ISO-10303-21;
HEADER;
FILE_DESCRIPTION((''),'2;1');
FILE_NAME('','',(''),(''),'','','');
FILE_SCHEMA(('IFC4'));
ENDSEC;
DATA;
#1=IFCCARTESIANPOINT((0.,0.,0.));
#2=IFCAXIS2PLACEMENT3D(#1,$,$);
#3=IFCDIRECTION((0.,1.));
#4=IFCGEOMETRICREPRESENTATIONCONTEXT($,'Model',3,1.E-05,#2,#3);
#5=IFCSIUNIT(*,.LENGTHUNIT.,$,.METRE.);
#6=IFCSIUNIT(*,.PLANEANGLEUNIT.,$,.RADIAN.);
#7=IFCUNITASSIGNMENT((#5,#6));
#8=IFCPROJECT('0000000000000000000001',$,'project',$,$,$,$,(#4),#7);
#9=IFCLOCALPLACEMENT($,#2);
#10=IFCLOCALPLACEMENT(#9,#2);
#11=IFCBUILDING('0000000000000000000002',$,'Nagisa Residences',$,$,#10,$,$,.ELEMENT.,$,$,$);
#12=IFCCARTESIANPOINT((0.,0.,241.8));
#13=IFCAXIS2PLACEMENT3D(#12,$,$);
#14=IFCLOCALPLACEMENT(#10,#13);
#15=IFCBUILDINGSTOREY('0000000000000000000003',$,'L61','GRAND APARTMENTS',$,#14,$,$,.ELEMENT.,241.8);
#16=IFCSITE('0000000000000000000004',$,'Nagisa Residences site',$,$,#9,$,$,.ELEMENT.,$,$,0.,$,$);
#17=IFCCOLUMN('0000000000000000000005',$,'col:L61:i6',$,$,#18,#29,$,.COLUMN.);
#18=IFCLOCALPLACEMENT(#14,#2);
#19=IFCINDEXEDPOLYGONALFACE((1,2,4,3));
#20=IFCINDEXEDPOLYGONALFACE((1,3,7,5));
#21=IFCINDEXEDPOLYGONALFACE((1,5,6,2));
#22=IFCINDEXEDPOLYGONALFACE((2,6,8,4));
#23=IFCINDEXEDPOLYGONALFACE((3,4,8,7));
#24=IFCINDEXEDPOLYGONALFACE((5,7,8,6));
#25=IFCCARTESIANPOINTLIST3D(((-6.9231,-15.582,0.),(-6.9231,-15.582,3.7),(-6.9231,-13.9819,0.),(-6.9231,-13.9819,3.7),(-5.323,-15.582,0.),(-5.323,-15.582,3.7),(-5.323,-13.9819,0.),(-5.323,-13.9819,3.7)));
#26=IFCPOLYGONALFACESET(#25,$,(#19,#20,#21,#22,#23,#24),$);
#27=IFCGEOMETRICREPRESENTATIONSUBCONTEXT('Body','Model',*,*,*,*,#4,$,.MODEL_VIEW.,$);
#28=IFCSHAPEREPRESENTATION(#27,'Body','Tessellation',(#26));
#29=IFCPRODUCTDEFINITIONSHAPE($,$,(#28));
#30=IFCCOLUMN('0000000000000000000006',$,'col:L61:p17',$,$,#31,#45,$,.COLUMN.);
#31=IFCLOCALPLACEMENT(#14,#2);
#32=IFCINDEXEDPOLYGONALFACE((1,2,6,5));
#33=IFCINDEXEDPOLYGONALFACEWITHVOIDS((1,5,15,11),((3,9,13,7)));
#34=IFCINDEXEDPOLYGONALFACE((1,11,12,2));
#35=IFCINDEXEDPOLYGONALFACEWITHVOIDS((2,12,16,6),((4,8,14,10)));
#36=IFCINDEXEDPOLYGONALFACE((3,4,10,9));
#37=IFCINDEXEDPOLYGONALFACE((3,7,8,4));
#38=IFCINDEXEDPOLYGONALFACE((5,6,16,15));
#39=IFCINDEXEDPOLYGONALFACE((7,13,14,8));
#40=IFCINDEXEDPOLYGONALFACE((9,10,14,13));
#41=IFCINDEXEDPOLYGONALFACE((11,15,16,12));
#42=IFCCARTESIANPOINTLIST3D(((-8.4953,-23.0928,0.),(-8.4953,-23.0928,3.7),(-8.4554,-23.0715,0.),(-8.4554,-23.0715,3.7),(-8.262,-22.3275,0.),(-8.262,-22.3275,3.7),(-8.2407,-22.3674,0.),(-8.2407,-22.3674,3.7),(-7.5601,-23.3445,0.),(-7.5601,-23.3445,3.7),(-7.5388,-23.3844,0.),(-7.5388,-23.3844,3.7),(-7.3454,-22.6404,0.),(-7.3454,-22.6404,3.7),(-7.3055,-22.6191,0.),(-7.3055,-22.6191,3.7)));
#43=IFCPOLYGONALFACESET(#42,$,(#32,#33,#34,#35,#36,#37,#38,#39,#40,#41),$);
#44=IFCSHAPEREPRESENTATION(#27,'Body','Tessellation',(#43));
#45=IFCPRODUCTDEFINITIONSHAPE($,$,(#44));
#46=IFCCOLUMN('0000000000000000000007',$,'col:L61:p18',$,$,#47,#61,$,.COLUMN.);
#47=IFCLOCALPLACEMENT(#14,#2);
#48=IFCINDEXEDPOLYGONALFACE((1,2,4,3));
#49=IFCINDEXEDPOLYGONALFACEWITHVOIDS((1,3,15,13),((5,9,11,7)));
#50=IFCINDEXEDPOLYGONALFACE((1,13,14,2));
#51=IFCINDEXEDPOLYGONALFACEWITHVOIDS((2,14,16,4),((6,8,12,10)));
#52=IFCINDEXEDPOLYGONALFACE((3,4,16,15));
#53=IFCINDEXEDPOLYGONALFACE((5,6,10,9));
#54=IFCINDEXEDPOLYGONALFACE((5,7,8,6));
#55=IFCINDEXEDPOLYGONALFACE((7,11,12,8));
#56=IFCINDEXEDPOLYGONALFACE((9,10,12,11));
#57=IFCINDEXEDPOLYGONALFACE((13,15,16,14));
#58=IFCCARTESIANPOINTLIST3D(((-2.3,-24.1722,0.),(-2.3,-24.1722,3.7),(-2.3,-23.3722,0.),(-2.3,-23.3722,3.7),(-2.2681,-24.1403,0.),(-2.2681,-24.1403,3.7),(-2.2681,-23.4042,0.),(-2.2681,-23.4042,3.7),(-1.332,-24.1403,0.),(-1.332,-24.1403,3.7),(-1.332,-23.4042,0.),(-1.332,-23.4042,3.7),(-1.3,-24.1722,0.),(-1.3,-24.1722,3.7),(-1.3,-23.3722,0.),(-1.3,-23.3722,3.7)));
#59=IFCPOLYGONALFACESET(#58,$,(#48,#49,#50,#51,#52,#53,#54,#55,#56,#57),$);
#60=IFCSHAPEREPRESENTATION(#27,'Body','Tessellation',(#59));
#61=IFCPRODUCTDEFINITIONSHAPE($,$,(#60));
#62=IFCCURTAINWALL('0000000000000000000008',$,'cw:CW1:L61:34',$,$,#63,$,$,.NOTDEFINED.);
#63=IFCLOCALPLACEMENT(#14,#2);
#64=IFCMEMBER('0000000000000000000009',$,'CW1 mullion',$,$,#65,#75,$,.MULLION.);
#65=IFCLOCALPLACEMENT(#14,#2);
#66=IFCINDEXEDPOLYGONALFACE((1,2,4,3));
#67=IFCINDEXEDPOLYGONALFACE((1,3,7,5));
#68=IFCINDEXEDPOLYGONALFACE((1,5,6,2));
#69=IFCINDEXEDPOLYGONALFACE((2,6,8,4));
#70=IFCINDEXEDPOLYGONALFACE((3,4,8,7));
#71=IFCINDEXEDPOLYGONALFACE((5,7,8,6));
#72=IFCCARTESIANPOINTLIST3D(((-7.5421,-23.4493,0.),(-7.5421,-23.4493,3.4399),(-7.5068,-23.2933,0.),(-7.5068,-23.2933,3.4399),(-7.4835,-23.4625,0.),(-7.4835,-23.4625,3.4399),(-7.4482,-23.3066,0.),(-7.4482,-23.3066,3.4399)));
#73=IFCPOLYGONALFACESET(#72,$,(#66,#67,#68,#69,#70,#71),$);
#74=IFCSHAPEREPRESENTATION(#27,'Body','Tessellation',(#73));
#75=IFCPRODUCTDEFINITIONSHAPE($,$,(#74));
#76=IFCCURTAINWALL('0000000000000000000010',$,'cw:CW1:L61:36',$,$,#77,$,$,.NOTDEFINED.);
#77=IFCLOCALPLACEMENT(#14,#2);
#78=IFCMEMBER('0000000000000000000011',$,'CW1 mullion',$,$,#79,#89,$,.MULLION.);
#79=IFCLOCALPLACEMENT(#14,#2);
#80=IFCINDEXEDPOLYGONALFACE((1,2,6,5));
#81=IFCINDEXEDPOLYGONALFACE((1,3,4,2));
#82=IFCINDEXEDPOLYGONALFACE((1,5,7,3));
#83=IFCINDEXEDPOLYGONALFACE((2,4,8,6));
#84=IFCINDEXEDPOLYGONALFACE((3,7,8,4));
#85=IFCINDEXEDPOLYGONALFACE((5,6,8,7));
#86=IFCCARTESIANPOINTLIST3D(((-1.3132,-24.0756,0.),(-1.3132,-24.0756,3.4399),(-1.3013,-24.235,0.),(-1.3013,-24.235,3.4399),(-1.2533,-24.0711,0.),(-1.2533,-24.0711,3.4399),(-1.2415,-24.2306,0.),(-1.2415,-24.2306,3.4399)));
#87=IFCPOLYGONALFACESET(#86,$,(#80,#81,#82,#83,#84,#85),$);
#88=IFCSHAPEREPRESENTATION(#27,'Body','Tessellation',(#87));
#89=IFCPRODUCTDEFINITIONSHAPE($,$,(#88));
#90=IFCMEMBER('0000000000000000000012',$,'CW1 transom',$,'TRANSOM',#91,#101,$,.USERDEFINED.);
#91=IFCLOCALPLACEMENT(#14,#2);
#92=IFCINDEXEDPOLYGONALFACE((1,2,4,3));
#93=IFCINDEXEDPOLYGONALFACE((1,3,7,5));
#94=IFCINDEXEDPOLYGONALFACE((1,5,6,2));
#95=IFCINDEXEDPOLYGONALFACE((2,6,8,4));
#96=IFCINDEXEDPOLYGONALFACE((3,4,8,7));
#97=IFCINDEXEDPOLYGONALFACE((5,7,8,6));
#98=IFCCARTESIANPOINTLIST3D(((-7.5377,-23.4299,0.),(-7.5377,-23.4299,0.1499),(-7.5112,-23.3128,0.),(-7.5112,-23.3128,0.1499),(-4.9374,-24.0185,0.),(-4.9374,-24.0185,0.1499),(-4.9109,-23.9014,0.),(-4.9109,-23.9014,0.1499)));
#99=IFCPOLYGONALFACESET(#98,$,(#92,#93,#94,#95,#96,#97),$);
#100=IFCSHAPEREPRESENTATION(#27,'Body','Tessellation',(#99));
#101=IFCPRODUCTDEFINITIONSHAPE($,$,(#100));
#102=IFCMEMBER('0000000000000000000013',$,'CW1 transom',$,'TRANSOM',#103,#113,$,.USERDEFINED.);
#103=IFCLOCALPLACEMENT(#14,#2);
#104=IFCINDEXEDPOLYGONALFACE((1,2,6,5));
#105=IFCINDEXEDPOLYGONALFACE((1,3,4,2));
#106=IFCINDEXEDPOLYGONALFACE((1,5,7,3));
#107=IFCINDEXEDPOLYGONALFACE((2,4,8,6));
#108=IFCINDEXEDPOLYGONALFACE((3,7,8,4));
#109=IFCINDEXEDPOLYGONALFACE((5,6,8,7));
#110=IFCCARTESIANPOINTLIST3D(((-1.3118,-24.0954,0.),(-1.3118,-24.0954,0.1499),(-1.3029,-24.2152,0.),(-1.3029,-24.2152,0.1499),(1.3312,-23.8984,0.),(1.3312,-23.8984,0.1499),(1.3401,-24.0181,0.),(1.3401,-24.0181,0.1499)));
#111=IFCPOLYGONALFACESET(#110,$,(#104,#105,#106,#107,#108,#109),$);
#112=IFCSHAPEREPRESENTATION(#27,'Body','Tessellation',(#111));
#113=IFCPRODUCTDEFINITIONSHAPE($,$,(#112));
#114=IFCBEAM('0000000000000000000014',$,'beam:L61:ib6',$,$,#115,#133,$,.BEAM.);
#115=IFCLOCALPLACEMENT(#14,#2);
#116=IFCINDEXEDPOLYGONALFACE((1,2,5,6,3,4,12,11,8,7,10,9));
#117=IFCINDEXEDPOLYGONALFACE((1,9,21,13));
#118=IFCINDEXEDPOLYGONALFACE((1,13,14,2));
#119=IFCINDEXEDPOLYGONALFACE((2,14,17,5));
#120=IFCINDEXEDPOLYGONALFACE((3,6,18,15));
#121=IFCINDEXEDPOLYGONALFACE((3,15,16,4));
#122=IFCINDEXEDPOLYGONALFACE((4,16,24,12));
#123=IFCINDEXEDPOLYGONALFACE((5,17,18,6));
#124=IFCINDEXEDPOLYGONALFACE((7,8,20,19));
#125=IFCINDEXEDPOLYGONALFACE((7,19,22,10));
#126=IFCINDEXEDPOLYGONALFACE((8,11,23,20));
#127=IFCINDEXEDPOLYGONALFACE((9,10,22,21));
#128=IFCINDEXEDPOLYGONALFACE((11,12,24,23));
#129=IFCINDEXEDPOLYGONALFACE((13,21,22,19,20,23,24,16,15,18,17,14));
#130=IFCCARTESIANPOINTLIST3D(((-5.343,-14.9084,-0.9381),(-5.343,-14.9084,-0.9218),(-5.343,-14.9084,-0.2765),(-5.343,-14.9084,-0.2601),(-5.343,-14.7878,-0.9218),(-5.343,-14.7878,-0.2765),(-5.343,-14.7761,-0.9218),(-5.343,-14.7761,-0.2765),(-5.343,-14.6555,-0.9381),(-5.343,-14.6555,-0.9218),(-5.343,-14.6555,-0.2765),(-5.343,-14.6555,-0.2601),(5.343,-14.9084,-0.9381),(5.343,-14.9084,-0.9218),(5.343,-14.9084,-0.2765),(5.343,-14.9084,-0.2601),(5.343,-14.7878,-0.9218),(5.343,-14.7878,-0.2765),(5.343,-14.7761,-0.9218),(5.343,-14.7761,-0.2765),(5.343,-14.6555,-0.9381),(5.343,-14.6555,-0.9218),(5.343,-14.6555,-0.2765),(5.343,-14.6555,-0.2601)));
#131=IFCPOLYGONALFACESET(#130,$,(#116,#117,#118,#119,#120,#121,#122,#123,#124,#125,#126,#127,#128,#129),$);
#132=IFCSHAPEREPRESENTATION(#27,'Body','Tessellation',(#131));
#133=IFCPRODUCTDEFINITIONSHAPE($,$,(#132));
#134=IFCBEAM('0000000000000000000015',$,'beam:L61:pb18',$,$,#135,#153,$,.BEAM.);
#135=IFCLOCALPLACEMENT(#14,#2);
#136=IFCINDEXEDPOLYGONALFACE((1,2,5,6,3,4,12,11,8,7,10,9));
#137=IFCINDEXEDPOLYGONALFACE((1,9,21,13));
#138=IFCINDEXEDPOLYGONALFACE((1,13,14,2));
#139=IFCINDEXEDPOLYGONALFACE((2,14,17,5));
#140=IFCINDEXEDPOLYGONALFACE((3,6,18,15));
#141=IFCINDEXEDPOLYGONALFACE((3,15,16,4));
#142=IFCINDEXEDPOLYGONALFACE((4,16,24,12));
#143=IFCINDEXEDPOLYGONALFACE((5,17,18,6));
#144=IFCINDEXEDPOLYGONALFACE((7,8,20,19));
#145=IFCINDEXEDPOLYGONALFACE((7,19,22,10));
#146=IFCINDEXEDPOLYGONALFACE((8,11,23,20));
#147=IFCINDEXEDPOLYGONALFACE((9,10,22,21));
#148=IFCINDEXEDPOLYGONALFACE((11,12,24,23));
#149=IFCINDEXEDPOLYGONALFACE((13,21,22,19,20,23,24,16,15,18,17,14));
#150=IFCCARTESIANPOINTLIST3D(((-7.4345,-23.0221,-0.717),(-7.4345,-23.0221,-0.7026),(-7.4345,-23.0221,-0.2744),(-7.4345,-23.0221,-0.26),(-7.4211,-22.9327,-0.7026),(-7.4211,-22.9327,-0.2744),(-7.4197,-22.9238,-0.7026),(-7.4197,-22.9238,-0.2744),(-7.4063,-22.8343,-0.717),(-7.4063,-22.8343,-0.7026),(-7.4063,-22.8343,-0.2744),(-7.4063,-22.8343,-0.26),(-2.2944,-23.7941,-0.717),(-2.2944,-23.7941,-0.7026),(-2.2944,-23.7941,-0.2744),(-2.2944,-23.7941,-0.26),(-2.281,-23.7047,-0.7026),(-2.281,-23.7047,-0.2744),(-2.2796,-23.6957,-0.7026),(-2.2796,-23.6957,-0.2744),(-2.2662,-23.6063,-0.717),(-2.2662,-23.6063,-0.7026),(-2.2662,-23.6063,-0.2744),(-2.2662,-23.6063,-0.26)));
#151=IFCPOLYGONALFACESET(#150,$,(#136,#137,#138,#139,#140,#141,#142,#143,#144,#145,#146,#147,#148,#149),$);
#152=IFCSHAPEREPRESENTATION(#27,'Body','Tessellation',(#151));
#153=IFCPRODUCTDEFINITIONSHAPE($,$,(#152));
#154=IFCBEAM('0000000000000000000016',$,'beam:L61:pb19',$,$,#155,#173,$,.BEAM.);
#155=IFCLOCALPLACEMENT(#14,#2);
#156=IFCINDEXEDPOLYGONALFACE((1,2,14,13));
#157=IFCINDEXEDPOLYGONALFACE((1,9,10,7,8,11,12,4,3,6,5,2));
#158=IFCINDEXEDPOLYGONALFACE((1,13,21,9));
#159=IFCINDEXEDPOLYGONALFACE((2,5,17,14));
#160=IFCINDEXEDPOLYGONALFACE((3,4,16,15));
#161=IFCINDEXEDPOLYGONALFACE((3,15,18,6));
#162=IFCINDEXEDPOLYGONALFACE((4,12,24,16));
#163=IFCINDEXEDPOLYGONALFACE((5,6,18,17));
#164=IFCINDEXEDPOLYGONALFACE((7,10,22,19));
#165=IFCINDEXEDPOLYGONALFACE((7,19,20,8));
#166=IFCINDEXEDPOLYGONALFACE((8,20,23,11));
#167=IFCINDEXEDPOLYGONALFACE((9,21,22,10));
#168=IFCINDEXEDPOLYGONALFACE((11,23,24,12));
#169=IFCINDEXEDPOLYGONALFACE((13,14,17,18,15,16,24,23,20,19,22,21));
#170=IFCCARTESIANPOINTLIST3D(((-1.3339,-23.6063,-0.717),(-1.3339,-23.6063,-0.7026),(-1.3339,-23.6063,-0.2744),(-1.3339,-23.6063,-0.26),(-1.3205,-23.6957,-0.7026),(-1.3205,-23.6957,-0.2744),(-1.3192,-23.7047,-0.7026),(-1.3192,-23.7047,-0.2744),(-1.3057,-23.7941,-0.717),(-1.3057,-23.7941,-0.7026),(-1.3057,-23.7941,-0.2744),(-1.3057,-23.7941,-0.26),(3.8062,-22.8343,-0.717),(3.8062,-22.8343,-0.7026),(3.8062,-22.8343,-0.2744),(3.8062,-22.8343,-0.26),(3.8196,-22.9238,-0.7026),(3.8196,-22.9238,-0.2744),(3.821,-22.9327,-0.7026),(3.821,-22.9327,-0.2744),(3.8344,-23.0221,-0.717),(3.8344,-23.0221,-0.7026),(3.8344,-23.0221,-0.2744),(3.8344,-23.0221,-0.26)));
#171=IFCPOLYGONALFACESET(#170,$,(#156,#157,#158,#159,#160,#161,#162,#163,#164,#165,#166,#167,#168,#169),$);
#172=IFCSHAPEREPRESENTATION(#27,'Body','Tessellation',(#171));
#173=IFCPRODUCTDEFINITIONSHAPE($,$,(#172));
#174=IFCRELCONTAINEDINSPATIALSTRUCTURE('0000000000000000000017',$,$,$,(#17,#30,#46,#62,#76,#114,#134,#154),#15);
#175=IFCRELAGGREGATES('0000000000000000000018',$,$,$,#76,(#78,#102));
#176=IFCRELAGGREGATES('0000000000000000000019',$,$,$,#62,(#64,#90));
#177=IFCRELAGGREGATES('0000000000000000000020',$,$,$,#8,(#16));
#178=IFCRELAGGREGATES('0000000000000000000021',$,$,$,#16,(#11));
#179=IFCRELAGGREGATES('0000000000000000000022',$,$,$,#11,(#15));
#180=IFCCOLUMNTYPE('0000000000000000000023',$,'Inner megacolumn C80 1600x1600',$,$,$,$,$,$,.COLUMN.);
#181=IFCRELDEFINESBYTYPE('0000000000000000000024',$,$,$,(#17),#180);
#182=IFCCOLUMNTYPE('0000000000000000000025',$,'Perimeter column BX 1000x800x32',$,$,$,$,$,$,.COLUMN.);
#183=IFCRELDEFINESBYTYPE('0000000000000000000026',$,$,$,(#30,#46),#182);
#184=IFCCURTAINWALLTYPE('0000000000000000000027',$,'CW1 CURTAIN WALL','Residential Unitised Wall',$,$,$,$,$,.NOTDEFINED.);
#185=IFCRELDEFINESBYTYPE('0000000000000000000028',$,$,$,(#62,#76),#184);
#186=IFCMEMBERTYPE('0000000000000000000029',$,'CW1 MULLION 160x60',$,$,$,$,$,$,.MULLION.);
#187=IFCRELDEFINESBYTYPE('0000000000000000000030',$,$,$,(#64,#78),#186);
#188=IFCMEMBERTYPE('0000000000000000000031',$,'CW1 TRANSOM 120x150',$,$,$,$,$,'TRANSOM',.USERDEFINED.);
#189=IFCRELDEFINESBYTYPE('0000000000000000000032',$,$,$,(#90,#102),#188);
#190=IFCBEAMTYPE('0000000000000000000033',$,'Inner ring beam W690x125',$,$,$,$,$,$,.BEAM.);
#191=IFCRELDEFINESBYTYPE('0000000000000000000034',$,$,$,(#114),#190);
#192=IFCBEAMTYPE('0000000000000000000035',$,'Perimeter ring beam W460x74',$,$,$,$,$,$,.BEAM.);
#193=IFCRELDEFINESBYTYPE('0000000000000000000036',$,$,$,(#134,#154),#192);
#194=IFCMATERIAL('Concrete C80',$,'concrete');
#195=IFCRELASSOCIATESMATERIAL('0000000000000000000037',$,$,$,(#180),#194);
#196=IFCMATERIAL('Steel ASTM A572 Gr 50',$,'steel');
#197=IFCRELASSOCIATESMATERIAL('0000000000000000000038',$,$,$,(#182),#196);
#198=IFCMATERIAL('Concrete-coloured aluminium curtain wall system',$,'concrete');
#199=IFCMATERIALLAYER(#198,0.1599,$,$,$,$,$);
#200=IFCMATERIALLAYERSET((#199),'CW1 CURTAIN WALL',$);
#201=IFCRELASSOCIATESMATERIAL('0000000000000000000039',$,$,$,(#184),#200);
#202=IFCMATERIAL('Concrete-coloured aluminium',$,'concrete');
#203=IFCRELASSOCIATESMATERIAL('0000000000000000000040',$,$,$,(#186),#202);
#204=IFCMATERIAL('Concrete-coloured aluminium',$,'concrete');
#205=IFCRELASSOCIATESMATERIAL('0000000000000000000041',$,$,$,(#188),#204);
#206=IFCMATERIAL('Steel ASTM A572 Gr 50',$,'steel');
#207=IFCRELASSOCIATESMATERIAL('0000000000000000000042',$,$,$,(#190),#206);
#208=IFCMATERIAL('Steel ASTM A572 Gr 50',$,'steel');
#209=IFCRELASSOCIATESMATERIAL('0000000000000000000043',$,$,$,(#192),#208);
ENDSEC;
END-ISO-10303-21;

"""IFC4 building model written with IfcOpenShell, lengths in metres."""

from ifc_helpers import new_model, si_unit, direction, frame, origin, origin_2d, place, context, subcontext, project, spatial, rectangle, hollow_rectangle, i_section, extrude, material, layer, layer_set, material_profile, profile_set, type_object, element, aggregate, save


model = new_model("IFC4")

# Units and contexts
model_context = context("Model", 3, precision=1e-05, world=origin(), true_north=direction((0.0, 1.0)))
body_context = subcontext(model_context, "Body", "Model", "MODEL_VIEW")
ifc_project = project(units=[si_unit("LENGTHUNIT", "METRE"), si_unit("PLANEANGLEUNIT", "RADIAN")], contexts=[model_context])

# Site, building, storey
site_placement = place(None, origin())
site = spatial("IfcSite", under=ifc_project, at=site_placement, Name="Nagisa Residences site", CompositionType="ELEMENT", RefElevation=0.0)
building_placement = place(site_placement, origin())
building = spatial("IfcBuilding", under=site, at=building_placement, Name="Nagisa Residences", CompositionType="ELEMENT")
storey_placement = place(building_placement, frame((0.0, 0.0, 241.8)))
storey = spatial("IfcBuildingStorey", under=building, at=storey_placement, Name="L61", Description="GRAND APARTMENTS", CompositionType="ELEMENT", Elevation=241.8)

# Columns
ifc_material_1 = material(Name="Concrete C80", Category="concrete")
ifc_material_profile_1 = material_profile(ifc_material_1, rectangle(XDim=1.6001, YDim=1.6001, at=origin_2d()), Name="C80 1600x1600")
ifc_profile_set_1 = profile_set([ifc_material_profile_1], Name="Concrete C80")
column_type_1 = type_object("IfcColumnType", Name="Inner megacolumn C80 1600x1600", PredefinedType="COLUMN", material=ifc_profile_set_1)
column_placement = place(storey_placement, frame((-6.123, -14.782, 0.0), z_axis=(0.0, 0.0, 1.0), x_axis=(1.0, 0.0, 0.0)))
element("IfcColumn", 1, at=column_placement, inside=storey, type_object=column_type_1, Name="col:L61:i6", PredefinedType="COLUMN", context=body_context, shape_type="SweptSolid", body=[
    extrude(rectangle(XDim=1.6001, YDim=1.6001, at=origin_2d()), origin(), (0.0, 0.0, 1.0), 3.7),
])
ifc_material_2 = material(Name="Steel ASTM A572 Gr 50", Category="steel")
ifc_material_profile_2 = material_profile(ifc_material_2, hollow_rectangle(XDim=1.0, YDim=0.8, WallThickness=0.032, at=origin_2d()), Name="BX 1000x800x32")
ifc_profile_set_2 = profile_set([ifc_material_profile_2], Name="Steel ASTM A572 Gr 50")
column_type_2 = type_object("IfcColumnType", Name="Perimeter column BX 1000x800x32", PredefinedType="COLUMN", material=ifc_profile_set_2)
for number, where, z_axis, x_axis, name in (
    (2, (-7.9004, -22.856, 0.0), (0.0, 0.0, 1.0), (0.956525, -0.291652, 0.0), "col:L61:p17"),
    (3, (-1.8, -23.7722, 0.0), (0.0, 0.0, 1.0), (1.0, 0.0, 0.0), "col:L61:p18"),
):
    element("IfcColumn", number, at=place(storey_placement, frame(where, z_axis=z_axis, x_axis=x_axis)), inside=storey, type_object=column_type_2, Name=name, PredefinedType="COLUMN", context=body_context, shape_type="SweptSolid", body=[
        extrude(hollow_rectangle(XDim=1.0, YDim=0.8, WallThickness=0.032, at=origin_2d()), origin(), (0.0, 0.0, 1.0), 3.7),
    ])

# Curtain walls, members
ifc_material_3 = material(Name="Concrete-coloured aluminium curtain wall system", Category="concrete")
ifc_layer_1 = layer(ifc_material_3, 0.1599)
ifc_layer_set_1 = layer_set([ifc_layer_1], Name="CW1 CURTAIN WALL")
curtain_wall_type = type_object("IfcCurtainWallType", Name="CW1 CURTAIN WALL", Description="Residential Unitised Wall", PredefinedType="NOTDEFINED", material=ifc_layer_set_1)
curtain_wall_1_placement = place(storey_placement, origin())
curtain_wall_1 = element("IfcCurtainWall", 4, at=curtain_wall_1_placement, inside=storey, type_object=curtain_wall_type, Name="cw:CW1:L61:34", PredefinedType="NOTDEFINED")
ifc_material_4 = material(Name="Concrete-coloured aluminium", Category="concrete")
ifc_material_profile_3 = material_profile(ifc_material_4, rectangle(XDim=0.1599, YDim=0.0601, at=origin_2d()), Name="CW1 MULLION 160x60")
ifc_profile_set_3 = profile_set([ifc_material_profile_3], Name="Concrete-coloured aluminium")
member_type_1 = type_object("IfcMemberType", Name="CW1 MULLION 160x60", PredefinedType="MULLION", material=ifc_profile_set_3)
member_1_placement = place(storey_placement, frame((-7.4951, -23.3779, 0.0), z_axis=(0.0, 0.0, 1.0), x_axis=(0.220764, 0.975327, 0.0)))
member_1 = element("IfcMember", 5, at=member_1_placement, type_object=member_type_1, Name="CW1 mullion", PredefinedType="MULLION", context=body_context, shape_type="SweptSolid", body=[
    extrude(rectangle(XDim=0.1599, YDim=0.0601, at=origin_2d()), origin(), (0.0, 0.0, 1.0), 3.4399),
])
curtain_wall_2_placement = place(storey_placement, origin())
curtain_wall_2 = element("IfcCurtainWall", 6, at=curtain_wall_2_placement, inside=storey, type_object=curtain_wall_type, Name="cw:CW1:L61:36", PredefinedType="NOTDEFINED")
member_2_placement = place(storey_placement, frame((-1.2773, -24.1531, 0.0), z_axis=(0.0, 0.0, 1.0), x_axis=(-0.074377, 0.99723, 0.0)))
member_2 = element("IfcMember", 7, at=member_2_placement, type_object=member_type_1, Name="CW1 mullion", PredefinedType="MULLION", context=body_context, shape_type="SweptSolid", body=[
    extrude(rectangle(XDim=0.1599, YDim=0.0601, at=origin_2d()), origin(), (0.0, 0.0, 1.0), 3.4399),
])

# Members
ifc_material_5 = material(Name="Concrete-coloured aluminium", Category="concrete")
ifc_material_profile_4 = material_profile(ifc_material_5, rectangle(XDim=0.1201, YDim=0.1499, at=origin_2d()), Name="CW1 TRANSOM 120x150")
ifc_profile_set_4 = profile_set([ifc_material_profile_4], Name="Concrete-coloured aluminium")
member_type_2 = type_object("IfcMemberType", Name="CW1 TRANSOM 120x150", ElementType="TRANSOM", PredefinedType="USERDEFINED", material=ifc_profile_set_4)
member_3_placement = place(storey_placement, frame((-7.5244, -23.3713, 0.075), z_axis=(0.975324, -0.220778, 0.0), x_axis=(0.220778, 0.975324, 0.0)))
member_3 = element("IfcMember", 8, at=member_3_placement, type_object=member_type_2, Name="CW1 transom", ObjectType="TRANSOM", PredefinedType="USERDEFINED", context=body_context, shape_type="SweptSolid", body=[
    extrude(rectangle(XDim=0.1201, YDim=0.1499, at=origin_2d()), origin(), (0.0, 0.0, 1.0), 2.666),
])
member_4_placement = place(storey_placement, frame((-1.3074, -24.1553, 0.075), z_axis=(0.997233, 0.074337, 0.0), x_axis=(-0.074337, 0.997233, 0.0)))
member_4 = element("IfcMember", 9, at=member_4_placement, type_object=member_type_2, Name="CW1 transom", ObjectType="TRANSOM", PredefinedType="USERDEFINED", context=body_context, shape_type="SweptSolid", body=[
    extrude(rectangle(XDim=0.1201, YDim=0.1499, at=origin_2d()), origin(), (0.0, 0.0, 1.0), 2.6504),
])
aggregate(curtain_wall_2, [member_2, member_4])

# Beams
ifc_material_6 = material(Name="Steel ASTM A572 Gr 50", Category="steel")
ifc_material_profile_5 = material_profile(ifc_material_6, i_section(OverallWidth=0.2529, OverallDepth=0.678, WebThickness=0.0117, FlangeThickness=0.0164, at=origin_2d()), Name="W690x125")
ifc_profile_set_5 = profile_set([ifc_material_profile_5], Name="Steel ASTM A572 Gr 50")
beam_type_1 = type_object("IfcBeamType", Name="Inner ring beam W690x125", PredefinedType="BEAM", material=ifc_profile_set_5)
beam_1_placement = place(storey_placement, frame((-5.343, -14.782, -0.5991), z_axis=(1.0, 0.0, 0.0), x_axis=(0.0, 1.0, 0.0)))
element("IfcBeam", 10, at=beam_1_placement, inside=storey, type_object=beam_type_1, Name="beam:L61:ib6", PredefinedType="BEAM", context=body_context, shape_type="SweptSolid", body=[
    extrude(i_section(OverallWidth=0.2529, OverallDepth=0.678, WebThickness=0.0117, FlangeThickness=0.0164, at=origin_2d()), origin(), (0.0, 0.0, 1.0), 10.686),
])
ifc_material_7 = material(Name="Steel ASTM A572 Gr 50", Category="steel")
ifc_material_profile_6 = material_profile(ifc_material_7, i_section(OverallWidth=0.1899, OverallDepth=0.457, WebThickness=0.009, FlangeThickness=0.0144, at=origin_2d()), Name="W460x74")
ifc_profile_set_6 = profile_set([ifc_material_profile_6], Name="Steel ASTM A572 Gr 50")
beam_type_2 = type_object("IfcBeamType", Name="Perimeter ring beam W460x74", PredefinedType="BEAM", material=ifc_profile_set_6)
for number, where, z_axis, x_axis, name in (
    (11, (-7.4204, -22.9282, -0.4885), (0.988909, -0.14852, 0.0), (0.14852, 0.988909, 0.0), "beam:L61:pb18"),
    (12, (-1.3198, -23.7002, -0.4885), (0.988909, 0.14852, 0.0), (-0.14852, 0.988909, 0.0), "beam:L61:pb19"),
):
    element("IfcBeam", number, at=place(storey_placement, frame(where, z_axis=z_axis, x_axis=x_axis)), inside=storey, type_object=beam_type_2, Name=name, PredefinedType="BEAM", context=body_context, shape_type="SweptSolid", body=[
        extrude(i_section(OverallWidth=0.1899, OverallDepth=0.457, WebThickness=0.009, FlangeThickness=0.0144, at=origin_2d()), origin(), (0.0, 0.0, 1.0), 5.1978),
    ])

aggregate(curtain_wall_1, [member_1, member_3])

save(model, "model.ifc")
